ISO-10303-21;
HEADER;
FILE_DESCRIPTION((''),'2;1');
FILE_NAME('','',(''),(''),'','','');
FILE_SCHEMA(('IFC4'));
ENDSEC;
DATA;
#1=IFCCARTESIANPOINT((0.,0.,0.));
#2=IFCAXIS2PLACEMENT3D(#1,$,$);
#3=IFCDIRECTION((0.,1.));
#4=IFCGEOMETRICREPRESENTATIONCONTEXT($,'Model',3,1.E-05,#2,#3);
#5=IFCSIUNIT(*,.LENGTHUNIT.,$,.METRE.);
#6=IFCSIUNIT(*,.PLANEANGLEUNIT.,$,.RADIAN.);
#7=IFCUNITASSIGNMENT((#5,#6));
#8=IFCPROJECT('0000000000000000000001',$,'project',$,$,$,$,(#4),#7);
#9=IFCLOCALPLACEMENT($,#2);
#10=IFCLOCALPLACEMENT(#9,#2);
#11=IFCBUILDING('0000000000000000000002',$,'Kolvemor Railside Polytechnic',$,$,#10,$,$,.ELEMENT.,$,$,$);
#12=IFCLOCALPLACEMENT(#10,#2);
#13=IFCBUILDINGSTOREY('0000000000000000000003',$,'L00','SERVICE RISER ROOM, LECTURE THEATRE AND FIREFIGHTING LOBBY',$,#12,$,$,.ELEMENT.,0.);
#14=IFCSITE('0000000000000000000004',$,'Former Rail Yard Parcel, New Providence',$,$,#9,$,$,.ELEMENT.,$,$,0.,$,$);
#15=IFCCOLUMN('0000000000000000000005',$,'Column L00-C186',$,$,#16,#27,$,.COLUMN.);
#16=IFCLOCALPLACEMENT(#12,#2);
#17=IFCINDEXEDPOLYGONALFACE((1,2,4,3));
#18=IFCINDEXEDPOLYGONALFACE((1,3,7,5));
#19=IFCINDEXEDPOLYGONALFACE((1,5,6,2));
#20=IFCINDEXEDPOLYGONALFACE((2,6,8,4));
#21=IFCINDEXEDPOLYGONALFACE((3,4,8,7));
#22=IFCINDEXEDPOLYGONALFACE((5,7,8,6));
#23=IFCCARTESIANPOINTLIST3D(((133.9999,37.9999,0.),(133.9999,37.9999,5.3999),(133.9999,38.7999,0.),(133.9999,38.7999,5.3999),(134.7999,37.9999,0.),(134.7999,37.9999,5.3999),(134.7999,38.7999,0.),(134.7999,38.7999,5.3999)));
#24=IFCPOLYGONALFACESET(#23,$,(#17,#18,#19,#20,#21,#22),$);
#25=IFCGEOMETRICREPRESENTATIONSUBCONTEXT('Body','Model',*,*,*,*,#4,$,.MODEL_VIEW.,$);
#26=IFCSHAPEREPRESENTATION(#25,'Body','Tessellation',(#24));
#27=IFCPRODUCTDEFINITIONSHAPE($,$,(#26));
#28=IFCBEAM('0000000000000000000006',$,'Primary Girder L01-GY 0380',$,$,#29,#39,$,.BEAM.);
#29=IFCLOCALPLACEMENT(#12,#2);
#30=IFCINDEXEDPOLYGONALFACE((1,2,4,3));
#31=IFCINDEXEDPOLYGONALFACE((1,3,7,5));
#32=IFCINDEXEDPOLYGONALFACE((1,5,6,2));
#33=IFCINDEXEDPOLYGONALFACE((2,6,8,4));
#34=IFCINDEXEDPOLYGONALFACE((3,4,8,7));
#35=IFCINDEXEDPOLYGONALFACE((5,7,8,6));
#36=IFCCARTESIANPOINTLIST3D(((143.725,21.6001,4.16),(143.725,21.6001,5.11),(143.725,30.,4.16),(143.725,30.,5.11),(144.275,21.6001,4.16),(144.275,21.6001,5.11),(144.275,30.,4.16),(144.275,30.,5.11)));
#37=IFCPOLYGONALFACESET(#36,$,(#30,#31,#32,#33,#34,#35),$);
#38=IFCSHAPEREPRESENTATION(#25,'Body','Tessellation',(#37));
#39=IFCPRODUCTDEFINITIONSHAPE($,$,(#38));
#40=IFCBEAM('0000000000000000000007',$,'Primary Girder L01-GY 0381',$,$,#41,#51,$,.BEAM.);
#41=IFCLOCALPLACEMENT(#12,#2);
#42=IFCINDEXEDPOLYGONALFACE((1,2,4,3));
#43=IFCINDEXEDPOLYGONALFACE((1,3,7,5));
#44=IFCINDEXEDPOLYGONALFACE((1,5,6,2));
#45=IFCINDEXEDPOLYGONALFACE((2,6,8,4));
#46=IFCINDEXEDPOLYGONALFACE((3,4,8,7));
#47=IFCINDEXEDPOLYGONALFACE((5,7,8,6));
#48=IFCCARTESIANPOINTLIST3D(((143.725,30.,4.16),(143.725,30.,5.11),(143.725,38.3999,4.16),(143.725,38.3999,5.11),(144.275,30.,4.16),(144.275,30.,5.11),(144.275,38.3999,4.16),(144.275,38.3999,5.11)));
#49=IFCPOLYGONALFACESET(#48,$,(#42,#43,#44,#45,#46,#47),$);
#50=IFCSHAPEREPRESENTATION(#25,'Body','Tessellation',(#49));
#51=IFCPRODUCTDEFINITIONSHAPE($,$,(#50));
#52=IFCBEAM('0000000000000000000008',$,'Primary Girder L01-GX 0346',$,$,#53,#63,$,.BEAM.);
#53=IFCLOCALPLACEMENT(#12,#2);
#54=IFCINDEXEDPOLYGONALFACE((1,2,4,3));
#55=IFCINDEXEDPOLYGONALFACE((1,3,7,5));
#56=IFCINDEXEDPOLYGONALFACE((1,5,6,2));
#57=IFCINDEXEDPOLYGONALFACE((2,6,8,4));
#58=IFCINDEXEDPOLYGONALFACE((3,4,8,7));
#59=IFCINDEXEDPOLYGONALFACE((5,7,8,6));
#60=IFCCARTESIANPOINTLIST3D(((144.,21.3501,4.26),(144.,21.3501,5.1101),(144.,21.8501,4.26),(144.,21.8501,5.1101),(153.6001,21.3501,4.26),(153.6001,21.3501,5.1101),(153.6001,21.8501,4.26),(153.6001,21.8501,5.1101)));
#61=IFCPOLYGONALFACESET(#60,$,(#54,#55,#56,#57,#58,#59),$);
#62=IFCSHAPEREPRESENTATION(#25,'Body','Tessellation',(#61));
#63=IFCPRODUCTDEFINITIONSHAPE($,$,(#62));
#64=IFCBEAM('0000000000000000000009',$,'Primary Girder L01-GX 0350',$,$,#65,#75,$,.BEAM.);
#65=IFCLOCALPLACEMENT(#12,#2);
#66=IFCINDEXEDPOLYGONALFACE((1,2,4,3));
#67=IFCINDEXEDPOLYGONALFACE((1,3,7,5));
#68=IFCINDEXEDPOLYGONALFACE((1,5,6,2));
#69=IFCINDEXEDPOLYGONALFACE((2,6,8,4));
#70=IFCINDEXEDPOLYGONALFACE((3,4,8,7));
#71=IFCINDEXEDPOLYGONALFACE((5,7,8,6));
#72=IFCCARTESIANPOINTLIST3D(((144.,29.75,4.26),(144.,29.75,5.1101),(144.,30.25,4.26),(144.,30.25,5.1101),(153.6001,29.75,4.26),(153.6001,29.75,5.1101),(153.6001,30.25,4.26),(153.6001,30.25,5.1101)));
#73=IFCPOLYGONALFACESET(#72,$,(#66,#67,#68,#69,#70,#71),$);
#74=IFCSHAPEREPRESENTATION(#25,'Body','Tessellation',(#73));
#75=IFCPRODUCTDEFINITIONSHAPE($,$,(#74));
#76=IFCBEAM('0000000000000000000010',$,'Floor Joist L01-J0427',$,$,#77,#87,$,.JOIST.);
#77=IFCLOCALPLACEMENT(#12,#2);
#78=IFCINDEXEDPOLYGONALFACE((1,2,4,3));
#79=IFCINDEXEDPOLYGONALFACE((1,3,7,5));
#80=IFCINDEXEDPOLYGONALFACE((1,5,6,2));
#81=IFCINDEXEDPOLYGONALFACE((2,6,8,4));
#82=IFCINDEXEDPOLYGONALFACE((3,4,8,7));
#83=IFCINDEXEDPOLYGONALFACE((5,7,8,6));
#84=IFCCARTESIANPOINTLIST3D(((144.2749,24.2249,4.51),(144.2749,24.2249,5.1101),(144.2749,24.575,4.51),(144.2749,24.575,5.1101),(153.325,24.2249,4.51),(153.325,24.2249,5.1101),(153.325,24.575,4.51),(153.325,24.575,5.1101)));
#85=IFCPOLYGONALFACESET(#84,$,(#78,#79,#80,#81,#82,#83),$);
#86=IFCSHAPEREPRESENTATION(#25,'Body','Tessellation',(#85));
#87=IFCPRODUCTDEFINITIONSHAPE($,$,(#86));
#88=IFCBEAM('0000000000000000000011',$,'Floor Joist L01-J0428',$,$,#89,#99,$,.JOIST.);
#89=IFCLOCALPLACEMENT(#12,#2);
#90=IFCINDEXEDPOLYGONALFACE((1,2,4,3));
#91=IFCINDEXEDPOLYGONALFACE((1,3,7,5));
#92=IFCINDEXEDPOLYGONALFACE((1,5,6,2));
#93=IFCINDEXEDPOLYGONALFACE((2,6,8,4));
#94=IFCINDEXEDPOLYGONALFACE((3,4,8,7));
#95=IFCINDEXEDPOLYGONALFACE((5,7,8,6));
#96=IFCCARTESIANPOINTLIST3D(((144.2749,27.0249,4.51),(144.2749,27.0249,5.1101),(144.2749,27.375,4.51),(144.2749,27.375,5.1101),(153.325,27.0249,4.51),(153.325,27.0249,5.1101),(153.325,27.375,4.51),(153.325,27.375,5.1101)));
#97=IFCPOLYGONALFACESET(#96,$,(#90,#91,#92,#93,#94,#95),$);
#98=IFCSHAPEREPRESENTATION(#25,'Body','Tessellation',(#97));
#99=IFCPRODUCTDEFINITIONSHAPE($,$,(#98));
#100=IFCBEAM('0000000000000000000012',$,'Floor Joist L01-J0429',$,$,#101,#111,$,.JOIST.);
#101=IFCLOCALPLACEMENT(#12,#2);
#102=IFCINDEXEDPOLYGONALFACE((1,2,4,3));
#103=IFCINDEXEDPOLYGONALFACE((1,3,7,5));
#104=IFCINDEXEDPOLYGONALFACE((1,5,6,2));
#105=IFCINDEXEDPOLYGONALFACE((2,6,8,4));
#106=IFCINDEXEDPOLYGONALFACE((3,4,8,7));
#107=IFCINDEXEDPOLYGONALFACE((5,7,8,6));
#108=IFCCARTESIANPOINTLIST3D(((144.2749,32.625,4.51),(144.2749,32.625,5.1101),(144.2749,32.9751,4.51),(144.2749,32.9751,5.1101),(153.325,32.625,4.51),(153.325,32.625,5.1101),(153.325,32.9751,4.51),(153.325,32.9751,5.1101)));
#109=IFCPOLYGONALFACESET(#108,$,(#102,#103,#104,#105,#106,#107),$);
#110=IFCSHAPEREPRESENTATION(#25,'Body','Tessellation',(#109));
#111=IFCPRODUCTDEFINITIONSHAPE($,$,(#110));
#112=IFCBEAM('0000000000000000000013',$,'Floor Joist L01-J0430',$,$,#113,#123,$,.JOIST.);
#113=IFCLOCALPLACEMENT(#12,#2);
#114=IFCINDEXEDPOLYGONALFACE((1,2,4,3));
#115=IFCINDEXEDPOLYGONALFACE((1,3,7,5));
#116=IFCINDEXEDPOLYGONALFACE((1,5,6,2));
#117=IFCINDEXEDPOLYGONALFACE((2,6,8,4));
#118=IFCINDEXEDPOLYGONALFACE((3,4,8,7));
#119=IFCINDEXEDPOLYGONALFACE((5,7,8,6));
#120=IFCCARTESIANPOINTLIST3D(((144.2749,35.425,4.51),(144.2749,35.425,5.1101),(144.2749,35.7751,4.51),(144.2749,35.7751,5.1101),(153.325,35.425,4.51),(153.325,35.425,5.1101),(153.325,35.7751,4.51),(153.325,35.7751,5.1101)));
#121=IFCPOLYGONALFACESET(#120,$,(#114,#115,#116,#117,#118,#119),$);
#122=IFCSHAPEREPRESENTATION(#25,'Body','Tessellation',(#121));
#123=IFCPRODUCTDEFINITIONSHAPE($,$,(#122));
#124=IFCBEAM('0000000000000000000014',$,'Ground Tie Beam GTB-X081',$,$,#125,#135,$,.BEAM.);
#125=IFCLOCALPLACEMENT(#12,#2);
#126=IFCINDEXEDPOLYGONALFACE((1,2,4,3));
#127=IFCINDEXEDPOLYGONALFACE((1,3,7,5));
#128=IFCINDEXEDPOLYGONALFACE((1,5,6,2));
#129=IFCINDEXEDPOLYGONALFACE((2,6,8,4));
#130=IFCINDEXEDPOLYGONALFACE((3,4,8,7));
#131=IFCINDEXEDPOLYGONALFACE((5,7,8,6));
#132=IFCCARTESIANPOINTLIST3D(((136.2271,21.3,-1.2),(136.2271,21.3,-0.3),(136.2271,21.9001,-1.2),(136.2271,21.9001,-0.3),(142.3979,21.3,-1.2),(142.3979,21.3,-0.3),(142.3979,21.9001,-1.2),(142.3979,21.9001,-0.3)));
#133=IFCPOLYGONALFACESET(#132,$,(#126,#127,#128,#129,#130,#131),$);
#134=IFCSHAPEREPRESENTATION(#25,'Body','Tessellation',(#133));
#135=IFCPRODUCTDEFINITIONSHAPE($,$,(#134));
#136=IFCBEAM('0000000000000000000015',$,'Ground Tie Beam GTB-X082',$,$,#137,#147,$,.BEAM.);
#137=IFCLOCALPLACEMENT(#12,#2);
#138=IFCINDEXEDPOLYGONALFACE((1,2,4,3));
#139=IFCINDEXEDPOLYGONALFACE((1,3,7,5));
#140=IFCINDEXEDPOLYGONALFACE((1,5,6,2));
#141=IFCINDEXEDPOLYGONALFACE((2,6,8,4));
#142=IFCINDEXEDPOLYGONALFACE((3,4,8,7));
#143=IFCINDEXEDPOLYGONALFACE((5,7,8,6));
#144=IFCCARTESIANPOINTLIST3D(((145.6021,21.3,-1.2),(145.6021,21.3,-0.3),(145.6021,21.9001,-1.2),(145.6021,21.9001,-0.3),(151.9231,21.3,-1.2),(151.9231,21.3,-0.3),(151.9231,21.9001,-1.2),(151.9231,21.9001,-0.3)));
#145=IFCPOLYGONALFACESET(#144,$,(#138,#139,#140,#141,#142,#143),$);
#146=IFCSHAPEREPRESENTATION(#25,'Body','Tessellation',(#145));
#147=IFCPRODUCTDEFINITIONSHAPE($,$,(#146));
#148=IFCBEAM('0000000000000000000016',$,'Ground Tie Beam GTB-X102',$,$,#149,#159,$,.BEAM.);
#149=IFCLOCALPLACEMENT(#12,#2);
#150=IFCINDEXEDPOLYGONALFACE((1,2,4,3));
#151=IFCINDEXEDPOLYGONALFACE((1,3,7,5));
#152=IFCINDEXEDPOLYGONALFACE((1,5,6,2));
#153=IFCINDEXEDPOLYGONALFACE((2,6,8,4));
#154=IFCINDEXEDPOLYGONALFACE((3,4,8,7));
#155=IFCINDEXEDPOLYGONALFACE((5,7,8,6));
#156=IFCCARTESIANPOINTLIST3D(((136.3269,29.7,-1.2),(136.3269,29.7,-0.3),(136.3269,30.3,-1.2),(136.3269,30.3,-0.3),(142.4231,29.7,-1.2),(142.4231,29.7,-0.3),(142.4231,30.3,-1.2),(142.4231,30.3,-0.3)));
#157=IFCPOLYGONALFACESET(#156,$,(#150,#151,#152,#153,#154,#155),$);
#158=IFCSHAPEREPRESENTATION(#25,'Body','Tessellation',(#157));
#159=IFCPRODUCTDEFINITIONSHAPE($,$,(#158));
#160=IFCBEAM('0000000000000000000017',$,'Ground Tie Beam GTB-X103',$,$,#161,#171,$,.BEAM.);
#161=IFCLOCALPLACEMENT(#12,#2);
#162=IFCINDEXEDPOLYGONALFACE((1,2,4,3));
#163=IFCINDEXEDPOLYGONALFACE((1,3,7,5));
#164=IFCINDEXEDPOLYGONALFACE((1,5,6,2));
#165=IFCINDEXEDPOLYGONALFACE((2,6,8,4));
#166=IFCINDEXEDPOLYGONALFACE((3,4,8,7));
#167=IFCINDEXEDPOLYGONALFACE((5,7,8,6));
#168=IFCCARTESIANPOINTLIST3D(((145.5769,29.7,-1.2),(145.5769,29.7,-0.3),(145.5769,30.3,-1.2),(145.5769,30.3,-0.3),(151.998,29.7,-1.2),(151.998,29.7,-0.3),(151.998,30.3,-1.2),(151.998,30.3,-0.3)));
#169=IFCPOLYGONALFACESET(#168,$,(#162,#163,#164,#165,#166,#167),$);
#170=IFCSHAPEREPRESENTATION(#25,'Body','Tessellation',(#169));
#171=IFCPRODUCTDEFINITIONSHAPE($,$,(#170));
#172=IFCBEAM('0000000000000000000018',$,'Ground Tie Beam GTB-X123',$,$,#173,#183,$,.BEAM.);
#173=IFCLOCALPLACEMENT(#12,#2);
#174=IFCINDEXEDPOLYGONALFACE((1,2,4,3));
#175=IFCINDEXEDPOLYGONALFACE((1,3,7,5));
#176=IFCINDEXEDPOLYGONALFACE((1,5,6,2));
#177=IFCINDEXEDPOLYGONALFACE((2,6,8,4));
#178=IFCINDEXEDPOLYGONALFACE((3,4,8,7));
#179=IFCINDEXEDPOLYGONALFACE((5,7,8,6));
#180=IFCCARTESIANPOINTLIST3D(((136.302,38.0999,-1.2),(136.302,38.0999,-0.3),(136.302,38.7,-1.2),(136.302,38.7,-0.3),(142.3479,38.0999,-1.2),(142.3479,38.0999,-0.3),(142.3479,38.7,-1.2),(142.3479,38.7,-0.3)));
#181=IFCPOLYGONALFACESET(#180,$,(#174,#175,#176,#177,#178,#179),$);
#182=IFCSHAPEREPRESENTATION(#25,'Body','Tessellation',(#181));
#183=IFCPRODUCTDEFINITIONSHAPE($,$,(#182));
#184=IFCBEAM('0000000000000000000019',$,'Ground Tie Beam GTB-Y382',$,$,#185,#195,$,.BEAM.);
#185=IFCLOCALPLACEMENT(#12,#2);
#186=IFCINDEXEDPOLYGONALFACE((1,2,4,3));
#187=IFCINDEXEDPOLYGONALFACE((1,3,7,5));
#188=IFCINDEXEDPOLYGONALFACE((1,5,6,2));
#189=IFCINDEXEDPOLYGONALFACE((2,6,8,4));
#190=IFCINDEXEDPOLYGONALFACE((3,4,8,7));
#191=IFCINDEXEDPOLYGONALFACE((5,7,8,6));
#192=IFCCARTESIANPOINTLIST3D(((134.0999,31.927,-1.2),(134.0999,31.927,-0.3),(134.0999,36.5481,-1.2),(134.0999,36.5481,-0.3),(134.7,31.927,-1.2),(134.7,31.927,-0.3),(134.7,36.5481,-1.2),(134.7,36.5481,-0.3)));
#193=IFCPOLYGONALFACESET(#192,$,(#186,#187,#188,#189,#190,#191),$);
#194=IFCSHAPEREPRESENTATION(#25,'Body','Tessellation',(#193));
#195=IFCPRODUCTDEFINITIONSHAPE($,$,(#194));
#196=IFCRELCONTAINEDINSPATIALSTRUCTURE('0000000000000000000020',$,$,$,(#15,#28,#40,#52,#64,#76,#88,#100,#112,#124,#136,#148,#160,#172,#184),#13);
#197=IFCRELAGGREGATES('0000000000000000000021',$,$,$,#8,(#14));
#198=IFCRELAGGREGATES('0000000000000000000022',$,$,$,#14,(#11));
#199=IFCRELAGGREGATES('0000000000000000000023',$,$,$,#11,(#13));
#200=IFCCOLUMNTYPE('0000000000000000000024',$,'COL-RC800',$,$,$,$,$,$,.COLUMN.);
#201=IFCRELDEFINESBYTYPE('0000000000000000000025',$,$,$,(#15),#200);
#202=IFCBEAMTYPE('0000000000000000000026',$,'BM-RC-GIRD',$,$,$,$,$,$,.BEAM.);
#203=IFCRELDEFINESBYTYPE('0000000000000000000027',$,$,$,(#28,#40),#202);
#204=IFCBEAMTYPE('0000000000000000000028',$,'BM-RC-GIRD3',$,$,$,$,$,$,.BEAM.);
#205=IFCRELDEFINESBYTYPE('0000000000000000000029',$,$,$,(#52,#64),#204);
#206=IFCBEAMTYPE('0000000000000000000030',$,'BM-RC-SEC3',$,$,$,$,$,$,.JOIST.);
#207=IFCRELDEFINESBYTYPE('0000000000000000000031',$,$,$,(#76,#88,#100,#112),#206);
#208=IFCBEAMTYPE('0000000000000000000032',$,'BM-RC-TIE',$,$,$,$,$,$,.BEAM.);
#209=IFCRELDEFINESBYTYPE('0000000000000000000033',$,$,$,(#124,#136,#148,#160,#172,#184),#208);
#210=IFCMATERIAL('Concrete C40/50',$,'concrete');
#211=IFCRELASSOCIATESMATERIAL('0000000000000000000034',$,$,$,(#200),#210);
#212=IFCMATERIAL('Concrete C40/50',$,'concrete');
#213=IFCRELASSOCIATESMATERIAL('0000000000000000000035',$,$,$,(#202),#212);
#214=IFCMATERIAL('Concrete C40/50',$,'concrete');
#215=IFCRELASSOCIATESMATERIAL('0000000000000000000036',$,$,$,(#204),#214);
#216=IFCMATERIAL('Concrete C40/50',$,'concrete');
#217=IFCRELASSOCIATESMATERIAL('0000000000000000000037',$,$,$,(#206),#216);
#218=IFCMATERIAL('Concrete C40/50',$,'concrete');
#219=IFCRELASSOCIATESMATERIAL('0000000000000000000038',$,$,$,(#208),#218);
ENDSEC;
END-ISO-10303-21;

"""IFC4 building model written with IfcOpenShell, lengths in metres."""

from ifc_helpers import new_model, si_unit, direction, frame, origin, origin_2d, place, context, subcontext, project, spatial, rectangle, extrude, material, material_profile, profile_set, type_object, element, save


model = new_model("IFC4")

# Units and contexts
model_context = context("Model", 3, precision=1e-05, world=origin(), true_north=direction((0.0, 1.0)))
body_context = subcontext(model_context, "Body", "Model", "MODEL_VIEW")
ifc_project = project(units=[si_unit("LENGTHUNIT", "METRE"), si_unit("PLANEANGLEUNIT", "RADIAN")], contexts=[model_context])

# Site, building, storey
site_placement = place(None, origin())
site = spatial("IfcSite", under=ifc_project, at=site_placement, Name="Former Rail Yard Parcel, New Providence", CompositionType="ELEMENT", RefElevation=0.0)
building_placement = place(site_placement, origin())
building = spatial("IfcBuilding", under=site, at=building_placement, Name="Kolvemor Railside Polytechnic", CompositionType="ELEMENT")
storey_placement = place(building_placement, origin())
storey = spatial("IfcBuildingStorey", under=building, at=storey_placement, Name="L00", Description="SERVICE RISER ROOM, LECTURE THEATRE AND FIREFIGHTING LOBBY", CompositionType="ELEMENT", Elevation=0.0)

# Column
ifc_material_1 = material(Name="Concrete C40/50", Category="concrete")
ifc_material_profile_1 = material_profile(ifc_material_1, rectangle(XDim=0.8, YDim=0.8, at=origin_2d()), Name="RC800x800")
ifc_profile_set_1 = profile_set([ifc_material_profile_1], Name="Concrete C40/50")
column_type_1 = type_object("IfcColumnType", Name="COL-RC800", PredefinedType="COLUMN", material=ifc_profile_set_1)
column_placement = place(storey_placement, frame((134.3999, 38.3999, 0.0), z_axis=(0.0, 0.0, 1.0), x_axis=(1.0, 0.0, 0.0)))
element("IfcColumn", 1, at=column_placement, inside=storey, type_object=column_type_1, Name="Column L00-C186", PredefinedType="COLUMN", context=body_context, shape_type="SweptSolid", body=[
    extrude(rectangle(XDim=0.8, YDim=0.8, at=origin_2d()), origin(), (0.0, 0.0, 1.0), 5.3999),
])

# Beams
ifc_material_2 = material(Name="Concrete C40/50", Category="concrete")
ifc_material_profile_2 = material_profile(ifc_material_2, rectangle(XDim=0.55, YDim=0.95, at=origin_2d()), Name="RC550x950")
ifc_profile_set_2 = profile_set([ifc_material_profile_2], Name="Concrete C40/50")
beam_type_1 = type_object("IfcBeamType", Name="BM-RC-GIRD", PredefinedType="BEAM", material=ifc_profile_set_2)
for number, where, z_axis, x_axis, name in (
    (2, (144.0, 21.6001, 4.635), (0.0, 1.0, 0.0), (-1.0, 0.0, 0.0), "Primary Girder L01-GY 0380"),
    (3, (144.0, 30.0, 4.635), (0.0, 1.0, 0.0), (-1.0, 0.0, 0.0), "Primary Girder L01-GY 0381"),
):
    element("IfcBeam", number, at=place(storey_placement, frame(where, z_axis=z_axis, x_axis=x_axis)), inside=storey, type_object=beam_type_1, Name=name, PredefinedType="BEAM", context=body_context, shape_type="SweptSolid", body=[
        extrude(rectangle(XDim=0.55, YDim=0.95, at=origin_2d()), origin(), (0.0, 0.0, 1.0), 8.3999),
    ])
ifc_material_3 = material(Name="Concrete C40/50", Category="concrete")
ifc_material_profile_3 = material_profile(ifc_material_3, rectangle(XDim=0.5, YDim=0.8501, at=origin_2d()), Name="RC500x850")
ifc_profile_set_3 = profile_set([ifc_material_profile_3], Name="Concrete C40/50")
beam_type_2 = type_object("IfcBeamType", Name="BM-RC-GIRD3", PredefinedType="BEAM", material=ifc_profile_set_3)
for number, where, z_axis, x_axis, name in (
    (4, (144.0, 21.6001, 4.6851), (1.0, 0.0, 0.0), (0.0, 1.0, 0.0), "Primary Girder L01-GX 0346"),
    (5, (144.0, 30.0, 4.6851), (1.0, 0.0, 0.0), (0.0, 1.0, 0.0), "Primary Girder L01-GX 0350"),
):
    element("IfcBeam", number, at=place(storey_placement, frame(where, z_axis=z_axis, x_axis=x_axis)), inside=storey, type_object=beam_type_2, Name=name, PredefinedType="BEAM", context=body_context, shape_type="SweptSolid", body=[
        extrude(rectangle(XDim=0.5, YDim=0.8501, at=origin_2d()), origin(), (0.0, 0.0, 1.0), 9.6001),
    ])
ifc_material_4 = material(Name="Concrete C40/50", Category="concrete")
ifc_material_profile_4 = material_profile(ifc_material_4, rectangle(XDim=0.3501, YDim=0.6001, at=origin_2d()), Name="RC350x600")
ifc_profile_set_4 = profile_set([ifc_material_profile_4], Name="Concrete C40/50")
beam_type_3 = type_object("IfcBeamType", Name="BM-RC-SEC3", PredefinedType="JOIST", material=ifc_profile_set_4)
for number, where, z_axis, x_axis, name in (
    (6, (144.2749, 24.3999, 4.8101), (1.0, 0.0, 0.0), (0.0, 1.0, 0.0), "Floor Joist L01-J0427"),
    (7, (144.2749, 27.2, 4.8101), (1.0, 0.0, 0.0), (0.0, 1.0, 0.0), "Floor Joist L01-J0428"),
    (8, (144.2749, 32.8, 4.8101), (1.0, 0.0, 0.0), (0.0, 1.0, 0.0), "Floor Joist L01-J0429"),
    (9, (144.2749, 35.6001, 4.8101), (1.0, 0.0, 0.0), (0.0, 1.0, 0.0), "Floor Joist L01-J0430"),
):
    element("IfcBeam", number, at=place(storey_placement, frame(where, z_axis=z_axis, x_axis=x_axis)), inside=storey, type_object=beam_type_3, Name=name, PredefinedType="JOIST", context=body_context, shape_type="SweptSolid", body=[
        extrude(rectangle(XDim=0.3501, YDim=0.6001, at=origin_2d()), origin(), (0.0, 0.0, 1.0), 9.05),
    ])
ifc_material_5 = material(Name="Concrete C40/50", Category="concrete")
ifc_material_profile_5 = material_profile(ifc_material_5, rectangle(XDim=0.6001, YDim=0.8999, at=origin_2d()), Name="RC600x900")
ifc_profile_set_5 = profile_set([ifc_material_profile_5], Name="Concrete C40/50")
beam_type_4 = type_object("IfcBeamType", Name="BM-RC-TIE", PredefinedType="BEAM", material=ifc_profile_set_5)
beam_1_placement = place(storey_placement, frame((136.2271, 21.6001, -0.75), z_axis=(1.0, 0.0, 0.0), x_axis=(0.0, 1.0, 0.0)))
element("IfcBeam", 10, at=beam_1_placement, inside=storey, type_object=beam_type_4, Name="Ground Tie Beam GTB-X081", PredefinedType="BEAM", context=body_context, shape_type="SweptSolid", body=[
    extrude(rectangle(XDim=0.6001, YDim=0.8999, at=origin_2d()), origin(), (0.0, 0.0, 1.0), 6.1709),
])
beam_2_placement = place(storey_placement, frame((145.6021, 21.6001, -0.75), z_axis=(1.0, 0.0, 0.0), x_axis=(0.0, 1.0, 0.0)))
element("IfcBeam", 11, at=beam_2_placement, inside=storey, type_object=beam_type_4, Name="Ground Tie Beam GTB-X082", PredefinedType="BEAM", context=body_context, shape_type="SweptSolid", body=[
    extrude(rectangle(XDim=0.6001, YDim=0.8999, at=origin_2d()), origin(), (0.0, 0.0, 1.0), 6.321),
])
beam_3_placement = place(storey_placement, frame((136.3269, 30.0, -0.75), z_axis=(1.0, 0.0, 0.0), x_axis=(0.0, 1.0, 0.0)))
element("IfcBeam", 12, at=beam_3_placement, inside=storey, type_object=beam_type_4, Name="Ground Tie Beam GTB-X102", PredefinedType="BEAM", context=body_context, shape_type="SweptSolid", body=[
    extrude(rectangle(XDim=0.6001, YDim=0.8999, at=origin_2d()), origin(), (0.0, 0.0, 1.0), 6.0962),
])
beam_4_placement = place(storey_placement, frame((145.5769, 30.0, -0.75), z_axis=(1.0, 0.0, 0.0), x_axis=(0.0, 1.0, 0.0)))
element("IfcBeam", 13, at=beam_4_placement, inside=storey, type_object=beam_type_4, Name="Ground Tie Beam GTB-X103", PredefinedType="BEAM", context=body_context, shape_type="SweptSolid", body=[
    extrude(rectangle(XDim=0.6001, YDim=0.8999, at=origin_2d()), origin(), (0.0, 0.0, 1.0), 6.4211),
])
beam_5_placement = place(storey_placement, frame((136.302, 38.3999, -0.75), z_axis=(1.0, 0.0, 0.0), x_axis=(0.0, 1.0, 0.0)))
element("IfcBeam", 14, at=beam_5_placement, inside=storey, type_object=beam_type_4, Name="Ground Tie Beam GTB-X123", PredefinedType="BEAM", context=body_context, shape_type="SweptSolid", body=[
    extrude(rectangle(XDim=0.6001, YDim=0.8999, at=origin_2d()), origin(), (0.0, 0.0, 1.0), 6.0459),
])
beam_6_placement = place(storey_placement, frame((134.3999, 31.927, -0.75), z_axis=(0.0, 1.0, 0.0), x_axis=(-1.0, 0.0, 0.0)))
element("IfcBeam", 15, at=beam_6_placement, inside=storey, type_object=beam_type_4, Name="Ground Tie Beam GTB-Y382", PredefinedType="BEAM", context=body_context, shape_type="SweptSolid", body=[
    extrude(rectangle(XDim=0.6001, YDim=0.8999, at=origin_2d()), origin(), (0.0, 0.0, 1.0), 4.6211),
])

save(model, "model.ifc")
